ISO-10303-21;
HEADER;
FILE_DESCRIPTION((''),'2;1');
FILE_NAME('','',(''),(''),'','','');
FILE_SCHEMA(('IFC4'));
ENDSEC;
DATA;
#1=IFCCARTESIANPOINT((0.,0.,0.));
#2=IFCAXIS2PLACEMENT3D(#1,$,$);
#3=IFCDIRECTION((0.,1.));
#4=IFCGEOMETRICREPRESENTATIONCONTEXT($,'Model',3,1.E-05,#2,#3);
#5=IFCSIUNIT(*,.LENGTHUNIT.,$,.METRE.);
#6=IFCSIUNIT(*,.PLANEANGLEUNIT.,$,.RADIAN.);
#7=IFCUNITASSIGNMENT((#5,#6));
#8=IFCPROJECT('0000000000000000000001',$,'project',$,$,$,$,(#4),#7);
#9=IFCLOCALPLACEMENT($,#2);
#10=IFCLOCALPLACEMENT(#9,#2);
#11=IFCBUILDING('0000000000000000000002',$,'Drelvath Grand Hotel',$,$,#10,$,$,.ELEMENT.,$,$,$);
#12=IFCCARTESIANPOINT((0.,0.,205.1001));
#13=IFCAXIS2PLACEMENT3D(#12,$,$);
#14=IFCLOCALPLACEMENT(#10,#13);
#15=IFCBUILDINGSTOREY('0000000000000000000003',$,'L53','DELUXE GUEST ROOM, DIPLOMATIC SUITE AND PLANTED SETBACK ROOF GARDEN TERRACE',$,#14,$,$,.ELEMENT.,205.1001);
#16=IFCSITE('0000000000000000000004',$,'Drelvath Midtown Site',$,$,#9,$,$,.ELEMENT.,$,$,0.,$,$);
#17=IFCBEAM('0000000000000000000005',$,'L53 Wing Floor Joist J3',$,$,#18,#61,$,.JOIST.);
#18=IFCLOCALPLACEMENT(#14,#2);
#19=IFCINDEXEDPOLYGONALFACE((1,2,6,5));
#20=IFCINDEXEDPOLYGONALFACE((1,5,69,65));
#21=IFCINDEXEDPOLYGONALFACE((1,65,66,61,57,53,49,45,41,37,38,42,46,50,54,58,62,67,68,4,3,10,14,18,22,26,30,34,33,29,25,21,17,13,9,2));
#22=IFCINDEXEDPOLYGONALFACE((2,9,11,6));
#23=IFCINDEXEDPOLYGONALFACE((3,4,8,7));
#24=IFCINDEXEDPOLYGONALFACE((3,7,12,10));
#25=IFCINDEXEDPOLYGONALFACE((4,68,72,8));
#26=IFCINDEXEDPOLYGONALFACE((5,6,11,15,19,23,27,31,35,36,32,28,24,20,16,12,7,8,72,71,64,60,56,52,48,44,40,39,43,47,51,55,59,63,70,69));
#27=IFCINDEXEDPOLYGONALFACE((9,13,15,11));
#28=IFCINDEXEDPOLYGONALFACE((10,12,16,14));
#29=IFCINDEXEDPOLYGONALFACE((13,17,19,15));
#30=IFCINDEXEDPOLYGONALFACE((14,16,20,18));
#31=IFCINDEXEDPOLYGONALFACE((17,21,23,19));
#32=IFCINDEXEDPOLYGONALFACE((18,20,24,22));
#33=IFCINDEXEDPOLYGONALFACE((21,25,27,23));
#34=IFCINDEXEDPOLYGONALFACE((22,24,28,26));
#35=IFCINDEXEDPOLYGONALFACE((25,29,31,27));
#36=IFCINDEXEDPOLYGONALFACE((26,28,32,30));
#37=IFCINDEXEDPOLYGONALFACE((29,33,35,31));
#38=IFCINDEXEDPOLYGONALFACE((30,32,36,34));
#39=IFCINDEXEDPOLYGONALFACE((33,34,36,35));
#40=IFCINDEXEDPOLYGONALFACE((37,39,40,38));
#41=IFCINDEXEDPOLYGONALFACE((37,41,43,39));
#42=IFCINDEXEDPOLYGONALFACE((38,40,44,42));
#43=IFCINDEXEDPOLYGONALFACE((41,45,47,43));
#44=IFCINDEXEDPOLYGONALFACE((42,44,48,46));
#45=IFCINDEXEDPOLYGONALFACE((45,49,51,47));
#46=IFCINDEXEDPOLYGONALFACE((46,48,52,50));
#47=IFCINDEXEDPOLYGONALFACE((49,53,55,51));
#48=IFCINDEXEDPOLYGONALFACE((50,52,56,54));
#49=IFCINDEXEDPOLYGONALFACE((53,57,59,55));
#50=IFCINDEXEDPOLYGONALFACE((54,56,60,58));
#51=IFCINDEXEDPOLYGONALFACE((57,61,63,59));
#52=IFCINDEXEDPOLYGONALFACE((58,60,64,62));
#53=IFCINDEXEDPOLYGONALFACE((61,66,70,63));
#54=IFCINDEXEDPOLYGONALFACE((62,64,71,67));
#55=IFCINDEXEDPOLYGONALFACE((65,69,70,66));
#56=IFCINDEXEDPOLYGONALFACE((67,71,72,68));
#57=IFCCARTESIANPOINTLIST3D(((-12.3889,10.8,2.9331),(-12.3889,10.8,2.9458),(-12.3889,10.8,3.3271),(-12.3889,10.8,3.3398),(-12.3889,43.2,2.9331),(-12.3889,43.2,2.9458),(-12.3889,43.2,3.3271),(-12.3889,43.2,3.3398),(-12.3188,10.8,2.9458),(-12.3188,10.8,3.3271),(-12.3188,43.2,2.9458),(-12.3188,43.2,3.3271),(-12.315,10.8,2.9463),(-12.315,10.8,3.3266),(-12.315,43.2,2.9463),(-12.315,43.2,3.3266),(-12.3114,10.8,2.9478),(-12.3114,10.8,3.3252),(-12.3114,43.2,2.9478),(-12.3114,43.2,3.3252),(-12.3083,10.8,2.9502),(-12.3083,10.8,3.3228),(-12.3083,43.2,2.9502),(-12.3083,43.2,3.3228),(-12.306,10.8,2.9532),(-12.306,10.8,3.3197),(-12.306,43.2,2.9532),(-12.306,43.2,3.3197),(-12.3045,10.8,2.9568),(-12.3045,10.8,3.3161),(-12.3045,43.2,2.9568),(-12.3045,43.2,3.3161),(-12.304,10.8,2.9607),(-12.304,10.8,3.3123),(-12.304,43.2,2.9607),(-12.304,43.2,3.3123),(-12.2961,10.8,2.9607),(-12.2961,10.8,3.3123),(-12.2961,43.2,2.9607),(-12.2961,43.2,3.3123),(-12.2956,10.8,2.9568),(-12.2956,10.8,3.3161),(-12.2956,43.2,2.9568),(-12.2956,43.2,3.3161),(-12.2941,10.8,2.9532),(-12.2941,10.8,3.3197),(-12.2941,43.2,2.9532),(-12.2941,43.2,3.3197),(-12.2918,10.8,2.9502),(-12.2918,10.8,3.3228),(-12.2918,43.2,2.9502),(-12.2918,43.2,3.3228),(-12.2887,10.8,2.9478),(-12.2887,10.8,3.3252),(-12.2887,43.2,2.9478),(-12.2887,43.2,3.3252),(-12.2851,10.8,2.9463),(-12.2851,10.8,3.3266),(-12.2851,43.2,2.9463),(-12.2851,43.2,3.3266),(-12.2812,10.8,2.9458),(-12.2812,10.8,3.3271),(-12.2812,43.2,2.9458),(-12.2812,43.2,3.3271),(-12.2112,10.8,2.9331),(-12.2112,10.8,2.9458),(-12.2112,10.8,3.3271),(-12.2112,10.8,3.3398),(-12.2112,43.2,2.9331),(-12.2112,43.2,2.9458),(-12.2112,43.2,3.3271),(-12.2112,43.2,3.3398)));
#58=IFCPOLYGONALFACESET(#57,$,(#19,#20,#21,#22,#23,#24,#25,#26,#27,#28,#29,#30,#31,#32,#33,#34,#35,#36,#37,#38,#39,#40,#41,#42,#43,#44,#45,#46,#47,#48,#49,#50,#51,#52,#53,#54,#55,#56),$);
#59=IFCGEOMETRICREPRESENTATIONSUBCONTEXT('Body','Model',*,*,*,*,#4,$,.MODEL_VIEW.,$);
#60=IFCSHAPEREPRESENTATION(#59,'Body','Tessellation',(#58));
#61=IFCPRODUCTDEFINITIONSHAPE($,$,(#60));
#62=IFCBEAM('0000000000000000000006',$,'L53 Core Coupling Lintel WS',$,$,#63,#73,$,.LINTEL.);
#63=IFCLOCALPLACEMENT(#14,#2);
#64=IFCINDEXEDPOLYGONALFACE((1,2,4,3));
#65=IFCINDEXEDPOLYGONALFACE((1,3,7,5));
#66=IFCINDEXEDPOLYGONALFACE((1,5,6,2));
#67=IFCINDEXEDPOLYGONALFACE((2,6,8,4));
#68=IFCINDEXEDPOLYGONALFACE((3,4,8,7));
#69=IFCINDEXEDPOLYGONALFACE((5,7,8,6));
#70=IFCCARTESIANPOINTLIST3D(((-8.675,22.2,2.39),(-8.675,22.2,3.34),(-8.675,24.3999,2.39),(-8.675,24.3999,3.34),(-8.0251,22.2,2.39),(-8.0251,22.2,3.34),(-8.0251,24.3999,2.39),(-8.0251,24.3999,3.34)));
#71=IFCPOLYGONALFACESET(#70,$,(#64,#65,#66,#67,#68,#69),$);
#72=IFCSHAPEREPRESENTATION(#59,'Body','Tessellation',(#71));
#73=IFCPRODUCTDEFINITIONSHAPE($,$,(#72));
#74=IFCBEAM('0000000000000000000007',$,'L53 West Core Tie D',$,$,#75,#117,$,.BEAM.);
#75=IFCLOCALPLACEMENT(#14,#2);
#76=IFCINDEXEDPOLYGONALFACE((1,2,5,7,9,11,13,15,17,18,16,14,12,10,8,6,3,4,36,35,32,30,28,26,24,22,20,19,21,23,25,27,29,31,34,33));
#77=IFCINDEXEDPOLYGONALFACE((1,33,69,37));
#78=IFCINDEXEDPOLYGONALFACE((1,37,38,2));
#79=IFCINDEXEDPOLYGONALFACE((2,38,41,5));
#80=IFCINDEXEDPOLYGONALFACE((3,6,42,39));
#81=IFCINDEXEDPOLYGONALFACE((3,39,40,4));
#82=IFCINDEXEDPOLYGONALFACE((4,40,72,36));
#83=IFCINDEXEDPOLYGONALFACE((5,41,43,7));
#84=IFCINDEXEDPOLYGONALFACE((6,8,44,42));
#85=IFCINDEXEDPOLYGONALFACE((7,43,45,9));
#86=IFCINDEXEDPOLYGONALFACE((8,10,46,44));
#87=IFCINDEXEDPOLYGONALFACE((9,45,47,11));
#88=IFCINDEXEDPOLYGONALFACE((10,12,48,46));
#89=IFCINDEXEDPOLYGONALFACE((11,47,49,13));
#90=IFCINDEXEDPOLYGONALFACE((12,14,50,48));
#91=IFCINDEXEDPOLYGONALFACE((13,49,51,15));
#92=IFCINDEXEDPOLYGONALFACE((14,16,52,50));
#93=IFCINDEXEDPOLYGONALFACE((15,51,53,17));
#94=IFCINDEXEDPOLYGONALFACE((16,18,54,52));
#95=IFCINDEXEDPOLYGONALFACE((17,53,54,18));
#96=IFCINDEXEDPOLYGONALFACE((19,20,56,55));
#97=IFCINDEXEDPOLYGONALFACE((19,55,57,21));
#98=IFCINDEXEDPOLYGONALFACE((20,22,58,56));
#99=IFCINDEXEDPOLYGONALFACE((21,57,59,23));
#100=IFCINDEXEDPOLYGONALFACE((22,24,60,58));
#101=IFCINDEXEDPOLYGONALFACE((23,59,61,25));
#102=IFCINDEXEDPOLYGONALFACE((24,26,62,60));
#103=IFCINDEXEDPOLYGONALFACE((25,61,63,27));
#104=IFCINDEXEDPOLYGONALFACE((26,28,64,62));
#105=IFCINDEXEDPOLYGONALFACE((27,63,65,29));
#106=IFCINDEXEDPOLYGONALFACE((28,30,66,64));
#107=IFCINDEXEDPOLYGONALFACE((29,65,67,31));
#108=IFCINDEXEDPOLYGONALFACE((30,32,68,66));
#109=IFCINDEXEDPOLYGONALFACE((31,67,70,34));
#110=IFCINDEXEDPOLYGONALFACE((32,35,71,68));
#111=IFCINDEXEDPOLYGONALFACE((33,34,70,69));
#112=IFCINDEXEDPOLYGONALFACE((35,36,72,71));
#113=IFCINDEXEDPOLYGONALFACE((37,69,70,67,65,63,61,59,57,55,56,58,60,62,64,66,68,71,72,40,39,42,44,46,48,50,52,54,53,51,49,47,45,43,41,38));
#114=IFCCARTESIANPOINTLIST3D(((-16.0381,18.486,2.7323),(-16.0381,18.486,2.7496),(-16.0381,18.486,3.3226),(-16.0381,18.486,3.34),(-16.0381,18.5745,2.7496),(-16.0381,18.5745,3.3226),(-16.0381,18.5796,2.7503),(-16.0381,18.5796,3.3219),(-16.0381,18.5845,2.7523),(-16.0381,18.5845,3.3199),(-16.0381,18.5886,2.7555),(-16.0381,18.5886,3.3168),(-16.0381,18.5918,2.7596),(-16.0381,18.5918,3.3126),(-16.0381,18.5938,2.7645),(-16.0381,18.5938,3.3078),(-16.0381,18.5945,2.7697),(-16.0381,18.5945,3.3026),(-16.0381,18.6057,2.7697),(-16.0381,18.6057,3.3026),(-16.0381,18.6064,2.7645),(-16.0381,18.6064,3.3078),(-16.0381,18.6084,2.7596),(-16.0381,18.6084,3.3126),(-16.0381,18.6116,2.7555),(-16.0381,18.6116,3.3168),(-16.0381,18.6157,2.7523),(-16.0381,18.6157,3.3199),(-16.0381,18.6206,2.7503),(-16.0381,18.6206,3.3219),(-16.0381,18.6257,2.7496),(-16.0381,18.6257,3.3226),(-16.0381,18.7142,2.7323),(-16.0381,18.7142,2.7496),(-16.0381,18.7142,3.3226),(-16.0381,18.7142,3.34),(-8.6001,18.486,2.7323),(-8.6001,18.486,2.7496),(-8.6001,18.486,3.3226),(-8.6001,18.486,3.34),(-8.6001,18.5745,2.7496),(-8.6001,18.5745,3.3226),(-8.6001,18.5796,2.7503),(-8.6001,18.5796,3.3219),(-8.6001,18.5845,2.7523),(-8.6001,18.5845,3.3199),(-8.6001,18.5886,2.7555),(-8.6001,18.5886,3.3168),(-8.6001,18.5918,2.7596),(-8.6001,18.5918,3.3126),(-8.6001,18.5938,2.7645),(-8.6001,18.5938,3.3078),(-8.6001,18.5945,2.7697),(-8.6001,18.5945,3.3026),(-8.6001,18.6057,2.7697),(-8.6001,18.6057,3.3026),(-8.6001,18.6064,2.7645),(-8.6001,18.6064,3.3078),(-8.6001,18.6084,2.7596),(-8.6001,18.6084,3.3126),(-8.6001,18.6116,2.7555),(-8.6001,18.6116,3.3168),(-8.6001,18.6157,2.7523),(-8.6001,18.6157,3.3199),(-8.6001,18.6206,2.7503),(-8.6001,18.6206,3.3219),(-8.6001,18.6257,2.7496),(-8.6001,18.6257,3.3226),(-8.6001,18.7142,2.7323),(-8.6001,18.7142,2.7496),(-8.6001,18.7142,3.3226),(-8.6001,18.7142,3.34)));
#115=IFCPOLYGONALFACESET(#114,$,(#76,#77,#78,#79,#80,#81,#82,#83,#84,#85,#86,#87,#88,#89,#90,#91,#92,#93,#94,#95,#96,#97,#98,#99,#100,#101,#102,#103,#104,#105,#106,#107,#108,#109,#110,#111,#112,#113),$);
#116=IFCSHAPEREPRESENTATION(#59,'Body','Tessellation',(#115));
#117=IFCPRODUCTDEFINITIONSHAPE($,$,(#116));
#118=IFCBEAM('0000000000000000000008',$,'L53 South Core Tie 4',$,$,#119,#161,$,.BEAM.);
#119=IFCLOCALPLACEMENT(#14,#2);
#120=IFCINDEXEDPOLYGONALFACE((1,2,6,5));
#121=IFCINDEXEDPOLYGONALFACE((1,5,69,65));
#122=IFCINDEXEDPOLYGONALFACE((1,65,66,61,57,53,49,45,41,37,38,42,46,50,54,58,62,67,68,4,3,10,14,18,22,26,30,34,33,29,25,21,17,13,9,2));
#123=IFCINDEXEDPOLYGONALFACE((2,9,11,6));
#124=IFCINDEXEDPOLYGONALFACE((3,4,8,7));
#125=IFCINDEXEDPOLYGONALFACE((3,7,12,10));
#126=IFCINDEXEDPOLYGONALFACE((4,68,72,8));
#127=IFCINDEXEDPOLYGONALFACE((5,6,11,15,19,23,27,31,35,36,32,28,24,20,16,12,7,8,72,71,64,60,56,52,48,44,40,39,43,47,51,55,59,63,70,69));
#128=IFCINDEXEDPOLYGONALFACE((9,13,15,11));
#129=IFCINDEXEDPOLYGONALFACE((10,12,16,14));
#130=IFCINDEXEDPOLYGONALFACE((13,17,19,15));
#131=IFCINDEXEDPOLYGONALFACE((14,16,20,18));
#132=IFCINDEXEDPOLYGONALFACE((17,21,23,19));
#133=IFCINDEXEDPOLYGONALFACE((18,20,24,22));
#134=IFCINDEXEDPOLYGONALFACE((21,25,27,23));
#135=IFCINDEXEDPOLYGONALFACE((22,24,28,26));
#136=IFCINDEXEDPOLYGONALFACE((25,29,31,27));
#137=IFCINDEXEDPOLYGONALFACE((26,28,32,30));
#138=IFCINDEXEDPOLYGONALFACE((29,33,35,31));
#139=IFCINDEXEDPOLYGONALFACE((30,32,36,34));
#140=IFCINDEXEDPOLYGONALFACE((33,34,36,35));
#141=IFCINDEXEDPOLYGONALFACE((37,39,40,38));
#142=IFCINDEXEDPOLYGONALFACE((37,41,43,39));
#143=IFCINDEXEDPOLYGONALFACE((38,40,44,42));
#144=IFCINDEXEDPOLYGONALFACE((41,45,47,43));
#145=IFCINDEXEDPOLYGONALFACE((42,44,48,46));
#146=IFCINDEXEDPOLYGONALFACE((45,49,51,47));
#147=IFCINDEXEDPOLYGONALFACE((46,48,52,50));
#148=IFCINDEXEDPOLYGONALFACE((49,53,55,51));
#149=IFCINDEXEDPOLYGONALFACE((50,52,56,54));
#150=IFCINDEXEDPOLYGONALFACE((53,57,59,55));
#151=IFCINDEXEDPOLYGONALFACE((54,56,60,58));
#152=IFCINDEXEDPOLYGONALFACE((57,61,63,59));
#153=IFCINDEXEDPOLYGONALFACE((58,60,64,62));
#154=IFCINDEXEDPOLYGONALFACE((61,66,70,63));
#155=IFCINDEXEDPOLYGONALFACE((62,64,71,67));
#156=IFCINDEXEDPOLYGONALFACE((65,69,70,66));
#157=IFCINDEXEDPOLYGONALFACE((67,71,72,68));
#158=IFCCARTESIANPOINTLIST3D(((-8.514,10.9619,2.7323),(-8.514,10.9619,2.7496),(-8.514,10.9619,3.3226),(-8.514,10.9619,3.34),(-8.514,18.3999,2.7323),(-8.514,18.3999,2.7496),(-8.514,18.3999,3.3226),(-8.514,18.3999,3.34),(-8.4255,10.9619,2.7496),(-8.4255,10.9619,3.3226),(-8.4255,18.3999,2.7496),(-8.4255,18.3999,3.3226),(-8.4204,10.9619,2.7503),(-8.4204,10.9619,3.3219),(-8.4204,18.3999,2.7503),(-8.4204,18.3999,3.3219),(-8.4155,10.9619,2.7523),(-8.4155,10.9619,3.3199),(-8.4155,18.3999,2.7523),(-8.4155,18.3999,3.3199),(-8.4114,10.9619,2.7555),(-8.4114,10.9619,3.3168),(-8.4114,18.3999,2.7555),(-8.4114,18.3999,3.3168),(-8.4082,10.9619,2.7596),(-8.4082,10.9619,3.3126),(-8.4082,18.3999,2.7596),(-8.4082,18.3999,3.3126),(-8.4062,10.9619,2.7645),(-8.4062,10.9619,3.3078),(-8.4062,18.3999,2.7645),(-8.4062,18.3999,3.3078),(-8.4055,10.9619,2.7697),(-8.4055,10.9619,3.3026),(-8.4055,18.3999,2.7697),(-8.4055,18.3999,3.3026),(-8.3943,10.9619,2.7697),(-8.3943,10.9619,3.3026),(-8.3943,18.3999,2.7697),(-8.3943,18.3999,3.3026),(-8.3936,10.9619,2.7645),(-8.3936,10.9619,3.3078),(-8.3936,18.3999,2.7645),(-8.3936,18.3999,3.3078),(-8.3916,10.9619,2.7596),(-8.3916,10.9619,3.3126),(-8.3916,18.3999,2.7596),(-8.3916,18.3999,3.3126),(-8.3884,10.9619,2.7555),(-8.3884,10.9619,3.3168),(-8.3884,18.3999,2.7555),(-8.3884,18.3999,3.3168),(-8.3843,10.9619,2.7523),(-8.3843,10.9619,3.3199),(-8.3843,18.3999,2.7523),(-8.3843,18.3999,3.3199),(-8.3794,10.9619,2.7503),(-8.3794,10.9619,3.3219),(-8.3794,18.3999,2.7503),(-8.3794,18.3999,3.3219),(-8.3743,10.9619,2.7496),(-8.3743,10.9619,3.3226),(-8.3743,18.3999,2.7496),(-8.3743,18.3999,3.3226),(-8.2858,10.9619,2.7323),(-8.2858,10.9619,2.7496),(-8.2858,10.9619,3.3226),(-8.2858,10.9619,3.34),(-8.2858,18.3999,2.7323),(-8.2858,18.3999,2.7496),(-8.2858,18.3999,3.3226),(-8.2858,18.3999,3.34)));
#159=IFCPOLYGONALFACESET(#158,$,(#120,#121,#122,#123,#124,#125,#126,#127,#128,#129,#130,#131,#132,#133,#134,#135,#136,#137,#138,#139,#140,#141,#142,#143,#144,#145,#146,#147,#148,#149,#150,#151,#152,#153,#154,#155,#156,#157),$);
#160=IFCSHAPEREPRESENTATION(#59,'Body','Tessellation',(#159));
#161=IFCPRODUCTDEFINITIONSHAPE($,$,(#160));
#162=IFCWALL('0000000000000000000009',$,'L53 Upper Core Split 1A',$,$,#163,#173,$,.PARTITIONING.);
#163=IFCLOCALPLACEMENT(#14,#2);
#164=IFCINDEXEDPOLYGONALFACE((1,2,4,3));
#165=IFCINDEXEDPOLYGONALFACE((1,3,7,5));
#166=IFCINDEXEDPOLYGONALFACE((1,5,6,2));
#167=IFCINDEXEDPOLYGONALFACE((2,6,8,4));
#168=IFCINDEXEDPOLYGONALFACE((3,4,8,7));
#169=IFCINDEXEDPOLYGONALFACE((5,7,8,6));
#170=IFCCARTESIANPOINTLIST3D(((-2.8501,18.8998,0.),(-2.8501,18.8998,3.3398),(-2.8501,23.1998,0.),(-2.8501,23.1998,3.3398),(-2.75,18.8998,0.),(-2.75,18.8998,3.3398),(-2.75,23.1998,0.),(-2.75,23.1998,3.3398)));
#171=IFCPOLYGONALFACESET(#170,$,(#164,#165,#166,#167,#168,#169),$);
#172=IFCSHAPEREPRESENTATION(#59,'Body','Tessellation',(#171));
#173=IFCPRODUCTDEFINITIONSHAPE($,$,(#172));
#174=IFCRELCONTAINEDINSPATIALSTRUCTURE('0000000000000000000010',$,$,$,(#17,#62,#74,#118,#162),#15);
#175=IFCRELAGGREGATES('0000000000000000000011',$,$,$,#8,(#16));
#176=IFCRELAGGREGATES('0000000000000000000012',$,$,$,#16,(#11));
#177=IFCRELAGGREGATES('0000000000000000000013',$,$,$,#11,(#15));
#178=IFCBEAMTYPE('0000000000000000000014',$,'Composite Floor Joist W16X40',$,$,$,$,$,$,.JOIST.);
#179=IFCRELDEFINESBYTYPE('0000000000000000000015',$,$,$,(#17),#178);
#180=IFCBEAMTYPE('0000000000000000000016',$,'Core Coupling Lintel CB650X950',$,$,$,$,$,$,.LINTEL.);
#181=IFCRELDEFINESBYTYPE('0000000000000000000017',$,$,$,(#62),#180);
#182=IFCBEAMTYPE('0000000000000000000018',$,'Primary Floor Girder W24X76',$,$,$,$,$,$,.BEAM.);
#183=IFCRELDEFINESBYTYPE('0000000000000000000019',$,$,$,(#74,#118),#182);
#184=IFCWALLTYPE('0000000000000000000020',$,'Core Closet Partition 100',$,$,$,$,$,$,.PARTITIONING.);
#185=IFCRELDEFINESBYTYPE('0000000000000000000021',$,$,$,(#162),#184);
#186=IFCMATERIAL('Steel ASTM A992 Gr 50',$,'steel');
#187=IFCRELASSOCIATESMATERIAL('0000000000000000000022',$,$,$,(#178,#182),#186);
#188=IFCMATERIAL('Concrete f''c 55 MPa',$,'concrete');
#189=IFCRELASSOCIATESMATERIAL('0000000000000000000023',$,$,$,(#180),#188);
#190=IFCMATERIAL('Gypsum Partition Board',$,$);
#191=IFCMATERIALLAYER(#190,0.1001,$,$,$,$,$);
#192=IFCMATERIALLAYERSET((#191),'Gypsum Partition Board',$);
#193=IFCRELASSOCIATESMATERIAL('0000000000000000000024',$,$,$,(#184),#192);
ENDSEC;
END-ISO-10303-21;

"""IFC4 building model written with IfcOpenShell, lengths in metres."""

from ifc_helpers import new_model, si_unit, direction, frame, frame_2d, origin, origin_2d, place, context, subcontext, project, spatial, rectangle, i_section, extrude, material, layer, layer_set, material_profile, profile_set, type_object, element, save


model = new_model("IFC4")

# Units and contexts
model_context = context("Model", 3, precision=1e-05, world=origin(), true_north=direction((0.0, 1.0)))
body_context = subcontext(model_context, "Body", "Model", "MODEL_VIEW")
ifc_project = project(units=[si_unit("LENGTHUNIT", "METRE"), si_unit("PLANEANGLEUNIT", "RADIAN")], contexts=[model_context])

# Site, building, storey
site_placement = place(None, origin())
site = spatial("IfcSite", under=ifc_project, at=site_placement, Name="Drelvath Midtown Site", CompositionType="ELEMENT", RefElevation=0.0)
building_placement = place(site_placement, origin())
building = spatial("IfcBuilding", under=site, at=building_placement, Name="Drelvath Grand Hotel", CompositionType="ELEMENT")
storey_placement = place(building_placement, frame((0.0, 0.0, 205.1001)))
storey = spatial("IfcBuildingStorey", under=building, at=storey_placement, Name="L53", Description="DELUXE GUEST ROOM, DIPLOMATIC SUITE AND PLANTED SETBACK ROOF GARDEN TERRACE", CompositionType="ELEMENT", Elevation=205.1001)

# Beams
ifc_material_1 = material(Name="Steel ASTM A992 Gr 50", Category="steel")
ifc_material_profile_1 = material_profile(ifc_material_1, i_section(OverallWidth=0.1777, OverallDepth=0.4067, WebThickness=0.0078, FlangeThickness=0.0127, FilletRadius=0.0149, at=origin_2d()), Name="W16X40")
ifc_profile_set_1 = profile_set([ifc_material_profile_1], Name="Steel ASTM A992 Gr 50")
beam_type_1 = type_object("IfcBeamType", Name="Composite Floor Joist W16X40", PredefinedType="JOIST", material=ifc_profile_set_1)
beam_1_placement = place(storey_placement, frame((-12.3, 10.8, 3.1365), z_axis=(0.0, 1.0, 0.0), x_axis=(-1.0, 0.0, 0.0)))
element("IfcBeam", 1, at=beam_1_placement, inside=storey, type_object=beam_type_1, Name="L53 Wing Floor Joist J3", PredefinedType="JOIST", context=body_context, shape_type="SweptSolid", body=[
    extrude(i_section(OverallWidth=0.1777, OverallDepth=0.4067, WebThickness=0.0078, FlangeThickness=0.0127, FilletRadius=0.0149, at=origin_2d()), origin(), (0.0, 0.0, 1.0), 32.3999),
])
ifc_material_2 = material(Name="Concrete f'c 55 MPa", Category="concrete")
ifc_material_profile_2 = material_profile(ifc_material_2, rectangle(XDim=0.6499, YDim=0.95, at=origin_2d()), Name="CB650X950")
ifc_profile_set_2 = profile_set([ifc_material_profile_2], Name="Concrete f'c 55 MPa")
beam_type_2 = type_object("IfcBeamType", Name="Core Coupling Lintel CB650X950", PredefinedType="LINTEL", material=ifc_profile_set_2)
beam_2_placement = place(storey_placement, frame((-8.3501, 22.2, 2.865), z_axis=(0.0, 1.0, 0.0), x_axis=(-1.0, 0.0, 0.0)))
element("IfcBeam", 2, at=beam_2_placement, inside=storey, type_object=beam_type_2, Name="L53 Core Coupling Lintel WS", PredefinedType="LINTEL", context=body_context, shape_type="SweptSolid", body=[
    extrude(rectangle(XDim=0.6499, YDim=0.95, at=origin_2d()), origin(), (0.0, 0.0, 1.0), 2.2),
])
ifc_material_profile_3 = material_profile(ifc_material_1, i_section(OverallWidth=0.2283, OverallDepth=0.6077, WebThickness=0.0112, FlangeThickness=0.0173, FilletRadius=0.02, at=origin_2d()), Name="W24X76")
ifc_profile_set_3 = profile_set([ifc_material_profile_3], Name="Steel ASTM A992 Gr 50")
beam_type_3 = type_object("IfcBeamType", Name="Primary Floor Girder W24X76", PredefinedType="BEAM", material=ifc_profile_set_3)
for number, where, z_axis, x_axis, name in (
    (3, (-16.0381, 18.6001, 3.0361), (1.0, 0.0, 0.0), (0.0, 1.0, 0.0), "L53 West Core Tie D"),
    (4, (-8.3999, 10.9619, 3.0361), (0.0, 1.0, 0.0), (-1.0, 0.0, 0.0), "L53 South Core Tie 4"),
):
    element("IfcBeam", number, at=place(storey_placement, frame(where, z_axis=z_axis, x_axis=x_axis)), inside=storey, type_object=beam_type_3, Name=name, PredefinedType="BEAM", context=body_context, shape_type="SweptSolid", body=[
        extrude(i_section(OverallWidth=0.2283, OverallDepth=0.6077, WebThickness=0.0112, FlangeThickness=0.0173, FilletRadius=0.02, at=origin_2d()), origin(), (0.0, 0.0, 1.0), 7.438),
    ])

# Wall
ifc_material_3 = material(Name="Gypsum Partition Board")
ifc_layer_1 = layer(ifc_material_3, 0.1001)
ifc_layer_set_1 = layer_set([ifc_layer_1], Name="Gypsum Partition Board")
wall_type_1 = type_object("IfcWallType", Name="Core Closet Partition 100", PredefinedType="PARTITIONING", material=ifc_layer_set_1)
wall_1_placement = place(storey_placement, frame((-2.8, 18.8999, 0.0), z_axis=(0.0, 0.0, 1.0), x_axis=(0.0, 1.0, 0.0)))
element("IfcWall", 5, at=wall_1_placement, inside=storey, type_object=wall_type_1, Name="L53 Upper Core Split 1A", PredefinedType="PARTITIONING", context=body_context, shape_type="SweptSolid", body=[
    extrude(rectangle(XDim=4.3, YDim=0.1001, at=frame_2d((2.1499, 0.0))), origin(), (0.0, 0.0, 1.0), 3.3398),
])

save(model, "model.ifc")
